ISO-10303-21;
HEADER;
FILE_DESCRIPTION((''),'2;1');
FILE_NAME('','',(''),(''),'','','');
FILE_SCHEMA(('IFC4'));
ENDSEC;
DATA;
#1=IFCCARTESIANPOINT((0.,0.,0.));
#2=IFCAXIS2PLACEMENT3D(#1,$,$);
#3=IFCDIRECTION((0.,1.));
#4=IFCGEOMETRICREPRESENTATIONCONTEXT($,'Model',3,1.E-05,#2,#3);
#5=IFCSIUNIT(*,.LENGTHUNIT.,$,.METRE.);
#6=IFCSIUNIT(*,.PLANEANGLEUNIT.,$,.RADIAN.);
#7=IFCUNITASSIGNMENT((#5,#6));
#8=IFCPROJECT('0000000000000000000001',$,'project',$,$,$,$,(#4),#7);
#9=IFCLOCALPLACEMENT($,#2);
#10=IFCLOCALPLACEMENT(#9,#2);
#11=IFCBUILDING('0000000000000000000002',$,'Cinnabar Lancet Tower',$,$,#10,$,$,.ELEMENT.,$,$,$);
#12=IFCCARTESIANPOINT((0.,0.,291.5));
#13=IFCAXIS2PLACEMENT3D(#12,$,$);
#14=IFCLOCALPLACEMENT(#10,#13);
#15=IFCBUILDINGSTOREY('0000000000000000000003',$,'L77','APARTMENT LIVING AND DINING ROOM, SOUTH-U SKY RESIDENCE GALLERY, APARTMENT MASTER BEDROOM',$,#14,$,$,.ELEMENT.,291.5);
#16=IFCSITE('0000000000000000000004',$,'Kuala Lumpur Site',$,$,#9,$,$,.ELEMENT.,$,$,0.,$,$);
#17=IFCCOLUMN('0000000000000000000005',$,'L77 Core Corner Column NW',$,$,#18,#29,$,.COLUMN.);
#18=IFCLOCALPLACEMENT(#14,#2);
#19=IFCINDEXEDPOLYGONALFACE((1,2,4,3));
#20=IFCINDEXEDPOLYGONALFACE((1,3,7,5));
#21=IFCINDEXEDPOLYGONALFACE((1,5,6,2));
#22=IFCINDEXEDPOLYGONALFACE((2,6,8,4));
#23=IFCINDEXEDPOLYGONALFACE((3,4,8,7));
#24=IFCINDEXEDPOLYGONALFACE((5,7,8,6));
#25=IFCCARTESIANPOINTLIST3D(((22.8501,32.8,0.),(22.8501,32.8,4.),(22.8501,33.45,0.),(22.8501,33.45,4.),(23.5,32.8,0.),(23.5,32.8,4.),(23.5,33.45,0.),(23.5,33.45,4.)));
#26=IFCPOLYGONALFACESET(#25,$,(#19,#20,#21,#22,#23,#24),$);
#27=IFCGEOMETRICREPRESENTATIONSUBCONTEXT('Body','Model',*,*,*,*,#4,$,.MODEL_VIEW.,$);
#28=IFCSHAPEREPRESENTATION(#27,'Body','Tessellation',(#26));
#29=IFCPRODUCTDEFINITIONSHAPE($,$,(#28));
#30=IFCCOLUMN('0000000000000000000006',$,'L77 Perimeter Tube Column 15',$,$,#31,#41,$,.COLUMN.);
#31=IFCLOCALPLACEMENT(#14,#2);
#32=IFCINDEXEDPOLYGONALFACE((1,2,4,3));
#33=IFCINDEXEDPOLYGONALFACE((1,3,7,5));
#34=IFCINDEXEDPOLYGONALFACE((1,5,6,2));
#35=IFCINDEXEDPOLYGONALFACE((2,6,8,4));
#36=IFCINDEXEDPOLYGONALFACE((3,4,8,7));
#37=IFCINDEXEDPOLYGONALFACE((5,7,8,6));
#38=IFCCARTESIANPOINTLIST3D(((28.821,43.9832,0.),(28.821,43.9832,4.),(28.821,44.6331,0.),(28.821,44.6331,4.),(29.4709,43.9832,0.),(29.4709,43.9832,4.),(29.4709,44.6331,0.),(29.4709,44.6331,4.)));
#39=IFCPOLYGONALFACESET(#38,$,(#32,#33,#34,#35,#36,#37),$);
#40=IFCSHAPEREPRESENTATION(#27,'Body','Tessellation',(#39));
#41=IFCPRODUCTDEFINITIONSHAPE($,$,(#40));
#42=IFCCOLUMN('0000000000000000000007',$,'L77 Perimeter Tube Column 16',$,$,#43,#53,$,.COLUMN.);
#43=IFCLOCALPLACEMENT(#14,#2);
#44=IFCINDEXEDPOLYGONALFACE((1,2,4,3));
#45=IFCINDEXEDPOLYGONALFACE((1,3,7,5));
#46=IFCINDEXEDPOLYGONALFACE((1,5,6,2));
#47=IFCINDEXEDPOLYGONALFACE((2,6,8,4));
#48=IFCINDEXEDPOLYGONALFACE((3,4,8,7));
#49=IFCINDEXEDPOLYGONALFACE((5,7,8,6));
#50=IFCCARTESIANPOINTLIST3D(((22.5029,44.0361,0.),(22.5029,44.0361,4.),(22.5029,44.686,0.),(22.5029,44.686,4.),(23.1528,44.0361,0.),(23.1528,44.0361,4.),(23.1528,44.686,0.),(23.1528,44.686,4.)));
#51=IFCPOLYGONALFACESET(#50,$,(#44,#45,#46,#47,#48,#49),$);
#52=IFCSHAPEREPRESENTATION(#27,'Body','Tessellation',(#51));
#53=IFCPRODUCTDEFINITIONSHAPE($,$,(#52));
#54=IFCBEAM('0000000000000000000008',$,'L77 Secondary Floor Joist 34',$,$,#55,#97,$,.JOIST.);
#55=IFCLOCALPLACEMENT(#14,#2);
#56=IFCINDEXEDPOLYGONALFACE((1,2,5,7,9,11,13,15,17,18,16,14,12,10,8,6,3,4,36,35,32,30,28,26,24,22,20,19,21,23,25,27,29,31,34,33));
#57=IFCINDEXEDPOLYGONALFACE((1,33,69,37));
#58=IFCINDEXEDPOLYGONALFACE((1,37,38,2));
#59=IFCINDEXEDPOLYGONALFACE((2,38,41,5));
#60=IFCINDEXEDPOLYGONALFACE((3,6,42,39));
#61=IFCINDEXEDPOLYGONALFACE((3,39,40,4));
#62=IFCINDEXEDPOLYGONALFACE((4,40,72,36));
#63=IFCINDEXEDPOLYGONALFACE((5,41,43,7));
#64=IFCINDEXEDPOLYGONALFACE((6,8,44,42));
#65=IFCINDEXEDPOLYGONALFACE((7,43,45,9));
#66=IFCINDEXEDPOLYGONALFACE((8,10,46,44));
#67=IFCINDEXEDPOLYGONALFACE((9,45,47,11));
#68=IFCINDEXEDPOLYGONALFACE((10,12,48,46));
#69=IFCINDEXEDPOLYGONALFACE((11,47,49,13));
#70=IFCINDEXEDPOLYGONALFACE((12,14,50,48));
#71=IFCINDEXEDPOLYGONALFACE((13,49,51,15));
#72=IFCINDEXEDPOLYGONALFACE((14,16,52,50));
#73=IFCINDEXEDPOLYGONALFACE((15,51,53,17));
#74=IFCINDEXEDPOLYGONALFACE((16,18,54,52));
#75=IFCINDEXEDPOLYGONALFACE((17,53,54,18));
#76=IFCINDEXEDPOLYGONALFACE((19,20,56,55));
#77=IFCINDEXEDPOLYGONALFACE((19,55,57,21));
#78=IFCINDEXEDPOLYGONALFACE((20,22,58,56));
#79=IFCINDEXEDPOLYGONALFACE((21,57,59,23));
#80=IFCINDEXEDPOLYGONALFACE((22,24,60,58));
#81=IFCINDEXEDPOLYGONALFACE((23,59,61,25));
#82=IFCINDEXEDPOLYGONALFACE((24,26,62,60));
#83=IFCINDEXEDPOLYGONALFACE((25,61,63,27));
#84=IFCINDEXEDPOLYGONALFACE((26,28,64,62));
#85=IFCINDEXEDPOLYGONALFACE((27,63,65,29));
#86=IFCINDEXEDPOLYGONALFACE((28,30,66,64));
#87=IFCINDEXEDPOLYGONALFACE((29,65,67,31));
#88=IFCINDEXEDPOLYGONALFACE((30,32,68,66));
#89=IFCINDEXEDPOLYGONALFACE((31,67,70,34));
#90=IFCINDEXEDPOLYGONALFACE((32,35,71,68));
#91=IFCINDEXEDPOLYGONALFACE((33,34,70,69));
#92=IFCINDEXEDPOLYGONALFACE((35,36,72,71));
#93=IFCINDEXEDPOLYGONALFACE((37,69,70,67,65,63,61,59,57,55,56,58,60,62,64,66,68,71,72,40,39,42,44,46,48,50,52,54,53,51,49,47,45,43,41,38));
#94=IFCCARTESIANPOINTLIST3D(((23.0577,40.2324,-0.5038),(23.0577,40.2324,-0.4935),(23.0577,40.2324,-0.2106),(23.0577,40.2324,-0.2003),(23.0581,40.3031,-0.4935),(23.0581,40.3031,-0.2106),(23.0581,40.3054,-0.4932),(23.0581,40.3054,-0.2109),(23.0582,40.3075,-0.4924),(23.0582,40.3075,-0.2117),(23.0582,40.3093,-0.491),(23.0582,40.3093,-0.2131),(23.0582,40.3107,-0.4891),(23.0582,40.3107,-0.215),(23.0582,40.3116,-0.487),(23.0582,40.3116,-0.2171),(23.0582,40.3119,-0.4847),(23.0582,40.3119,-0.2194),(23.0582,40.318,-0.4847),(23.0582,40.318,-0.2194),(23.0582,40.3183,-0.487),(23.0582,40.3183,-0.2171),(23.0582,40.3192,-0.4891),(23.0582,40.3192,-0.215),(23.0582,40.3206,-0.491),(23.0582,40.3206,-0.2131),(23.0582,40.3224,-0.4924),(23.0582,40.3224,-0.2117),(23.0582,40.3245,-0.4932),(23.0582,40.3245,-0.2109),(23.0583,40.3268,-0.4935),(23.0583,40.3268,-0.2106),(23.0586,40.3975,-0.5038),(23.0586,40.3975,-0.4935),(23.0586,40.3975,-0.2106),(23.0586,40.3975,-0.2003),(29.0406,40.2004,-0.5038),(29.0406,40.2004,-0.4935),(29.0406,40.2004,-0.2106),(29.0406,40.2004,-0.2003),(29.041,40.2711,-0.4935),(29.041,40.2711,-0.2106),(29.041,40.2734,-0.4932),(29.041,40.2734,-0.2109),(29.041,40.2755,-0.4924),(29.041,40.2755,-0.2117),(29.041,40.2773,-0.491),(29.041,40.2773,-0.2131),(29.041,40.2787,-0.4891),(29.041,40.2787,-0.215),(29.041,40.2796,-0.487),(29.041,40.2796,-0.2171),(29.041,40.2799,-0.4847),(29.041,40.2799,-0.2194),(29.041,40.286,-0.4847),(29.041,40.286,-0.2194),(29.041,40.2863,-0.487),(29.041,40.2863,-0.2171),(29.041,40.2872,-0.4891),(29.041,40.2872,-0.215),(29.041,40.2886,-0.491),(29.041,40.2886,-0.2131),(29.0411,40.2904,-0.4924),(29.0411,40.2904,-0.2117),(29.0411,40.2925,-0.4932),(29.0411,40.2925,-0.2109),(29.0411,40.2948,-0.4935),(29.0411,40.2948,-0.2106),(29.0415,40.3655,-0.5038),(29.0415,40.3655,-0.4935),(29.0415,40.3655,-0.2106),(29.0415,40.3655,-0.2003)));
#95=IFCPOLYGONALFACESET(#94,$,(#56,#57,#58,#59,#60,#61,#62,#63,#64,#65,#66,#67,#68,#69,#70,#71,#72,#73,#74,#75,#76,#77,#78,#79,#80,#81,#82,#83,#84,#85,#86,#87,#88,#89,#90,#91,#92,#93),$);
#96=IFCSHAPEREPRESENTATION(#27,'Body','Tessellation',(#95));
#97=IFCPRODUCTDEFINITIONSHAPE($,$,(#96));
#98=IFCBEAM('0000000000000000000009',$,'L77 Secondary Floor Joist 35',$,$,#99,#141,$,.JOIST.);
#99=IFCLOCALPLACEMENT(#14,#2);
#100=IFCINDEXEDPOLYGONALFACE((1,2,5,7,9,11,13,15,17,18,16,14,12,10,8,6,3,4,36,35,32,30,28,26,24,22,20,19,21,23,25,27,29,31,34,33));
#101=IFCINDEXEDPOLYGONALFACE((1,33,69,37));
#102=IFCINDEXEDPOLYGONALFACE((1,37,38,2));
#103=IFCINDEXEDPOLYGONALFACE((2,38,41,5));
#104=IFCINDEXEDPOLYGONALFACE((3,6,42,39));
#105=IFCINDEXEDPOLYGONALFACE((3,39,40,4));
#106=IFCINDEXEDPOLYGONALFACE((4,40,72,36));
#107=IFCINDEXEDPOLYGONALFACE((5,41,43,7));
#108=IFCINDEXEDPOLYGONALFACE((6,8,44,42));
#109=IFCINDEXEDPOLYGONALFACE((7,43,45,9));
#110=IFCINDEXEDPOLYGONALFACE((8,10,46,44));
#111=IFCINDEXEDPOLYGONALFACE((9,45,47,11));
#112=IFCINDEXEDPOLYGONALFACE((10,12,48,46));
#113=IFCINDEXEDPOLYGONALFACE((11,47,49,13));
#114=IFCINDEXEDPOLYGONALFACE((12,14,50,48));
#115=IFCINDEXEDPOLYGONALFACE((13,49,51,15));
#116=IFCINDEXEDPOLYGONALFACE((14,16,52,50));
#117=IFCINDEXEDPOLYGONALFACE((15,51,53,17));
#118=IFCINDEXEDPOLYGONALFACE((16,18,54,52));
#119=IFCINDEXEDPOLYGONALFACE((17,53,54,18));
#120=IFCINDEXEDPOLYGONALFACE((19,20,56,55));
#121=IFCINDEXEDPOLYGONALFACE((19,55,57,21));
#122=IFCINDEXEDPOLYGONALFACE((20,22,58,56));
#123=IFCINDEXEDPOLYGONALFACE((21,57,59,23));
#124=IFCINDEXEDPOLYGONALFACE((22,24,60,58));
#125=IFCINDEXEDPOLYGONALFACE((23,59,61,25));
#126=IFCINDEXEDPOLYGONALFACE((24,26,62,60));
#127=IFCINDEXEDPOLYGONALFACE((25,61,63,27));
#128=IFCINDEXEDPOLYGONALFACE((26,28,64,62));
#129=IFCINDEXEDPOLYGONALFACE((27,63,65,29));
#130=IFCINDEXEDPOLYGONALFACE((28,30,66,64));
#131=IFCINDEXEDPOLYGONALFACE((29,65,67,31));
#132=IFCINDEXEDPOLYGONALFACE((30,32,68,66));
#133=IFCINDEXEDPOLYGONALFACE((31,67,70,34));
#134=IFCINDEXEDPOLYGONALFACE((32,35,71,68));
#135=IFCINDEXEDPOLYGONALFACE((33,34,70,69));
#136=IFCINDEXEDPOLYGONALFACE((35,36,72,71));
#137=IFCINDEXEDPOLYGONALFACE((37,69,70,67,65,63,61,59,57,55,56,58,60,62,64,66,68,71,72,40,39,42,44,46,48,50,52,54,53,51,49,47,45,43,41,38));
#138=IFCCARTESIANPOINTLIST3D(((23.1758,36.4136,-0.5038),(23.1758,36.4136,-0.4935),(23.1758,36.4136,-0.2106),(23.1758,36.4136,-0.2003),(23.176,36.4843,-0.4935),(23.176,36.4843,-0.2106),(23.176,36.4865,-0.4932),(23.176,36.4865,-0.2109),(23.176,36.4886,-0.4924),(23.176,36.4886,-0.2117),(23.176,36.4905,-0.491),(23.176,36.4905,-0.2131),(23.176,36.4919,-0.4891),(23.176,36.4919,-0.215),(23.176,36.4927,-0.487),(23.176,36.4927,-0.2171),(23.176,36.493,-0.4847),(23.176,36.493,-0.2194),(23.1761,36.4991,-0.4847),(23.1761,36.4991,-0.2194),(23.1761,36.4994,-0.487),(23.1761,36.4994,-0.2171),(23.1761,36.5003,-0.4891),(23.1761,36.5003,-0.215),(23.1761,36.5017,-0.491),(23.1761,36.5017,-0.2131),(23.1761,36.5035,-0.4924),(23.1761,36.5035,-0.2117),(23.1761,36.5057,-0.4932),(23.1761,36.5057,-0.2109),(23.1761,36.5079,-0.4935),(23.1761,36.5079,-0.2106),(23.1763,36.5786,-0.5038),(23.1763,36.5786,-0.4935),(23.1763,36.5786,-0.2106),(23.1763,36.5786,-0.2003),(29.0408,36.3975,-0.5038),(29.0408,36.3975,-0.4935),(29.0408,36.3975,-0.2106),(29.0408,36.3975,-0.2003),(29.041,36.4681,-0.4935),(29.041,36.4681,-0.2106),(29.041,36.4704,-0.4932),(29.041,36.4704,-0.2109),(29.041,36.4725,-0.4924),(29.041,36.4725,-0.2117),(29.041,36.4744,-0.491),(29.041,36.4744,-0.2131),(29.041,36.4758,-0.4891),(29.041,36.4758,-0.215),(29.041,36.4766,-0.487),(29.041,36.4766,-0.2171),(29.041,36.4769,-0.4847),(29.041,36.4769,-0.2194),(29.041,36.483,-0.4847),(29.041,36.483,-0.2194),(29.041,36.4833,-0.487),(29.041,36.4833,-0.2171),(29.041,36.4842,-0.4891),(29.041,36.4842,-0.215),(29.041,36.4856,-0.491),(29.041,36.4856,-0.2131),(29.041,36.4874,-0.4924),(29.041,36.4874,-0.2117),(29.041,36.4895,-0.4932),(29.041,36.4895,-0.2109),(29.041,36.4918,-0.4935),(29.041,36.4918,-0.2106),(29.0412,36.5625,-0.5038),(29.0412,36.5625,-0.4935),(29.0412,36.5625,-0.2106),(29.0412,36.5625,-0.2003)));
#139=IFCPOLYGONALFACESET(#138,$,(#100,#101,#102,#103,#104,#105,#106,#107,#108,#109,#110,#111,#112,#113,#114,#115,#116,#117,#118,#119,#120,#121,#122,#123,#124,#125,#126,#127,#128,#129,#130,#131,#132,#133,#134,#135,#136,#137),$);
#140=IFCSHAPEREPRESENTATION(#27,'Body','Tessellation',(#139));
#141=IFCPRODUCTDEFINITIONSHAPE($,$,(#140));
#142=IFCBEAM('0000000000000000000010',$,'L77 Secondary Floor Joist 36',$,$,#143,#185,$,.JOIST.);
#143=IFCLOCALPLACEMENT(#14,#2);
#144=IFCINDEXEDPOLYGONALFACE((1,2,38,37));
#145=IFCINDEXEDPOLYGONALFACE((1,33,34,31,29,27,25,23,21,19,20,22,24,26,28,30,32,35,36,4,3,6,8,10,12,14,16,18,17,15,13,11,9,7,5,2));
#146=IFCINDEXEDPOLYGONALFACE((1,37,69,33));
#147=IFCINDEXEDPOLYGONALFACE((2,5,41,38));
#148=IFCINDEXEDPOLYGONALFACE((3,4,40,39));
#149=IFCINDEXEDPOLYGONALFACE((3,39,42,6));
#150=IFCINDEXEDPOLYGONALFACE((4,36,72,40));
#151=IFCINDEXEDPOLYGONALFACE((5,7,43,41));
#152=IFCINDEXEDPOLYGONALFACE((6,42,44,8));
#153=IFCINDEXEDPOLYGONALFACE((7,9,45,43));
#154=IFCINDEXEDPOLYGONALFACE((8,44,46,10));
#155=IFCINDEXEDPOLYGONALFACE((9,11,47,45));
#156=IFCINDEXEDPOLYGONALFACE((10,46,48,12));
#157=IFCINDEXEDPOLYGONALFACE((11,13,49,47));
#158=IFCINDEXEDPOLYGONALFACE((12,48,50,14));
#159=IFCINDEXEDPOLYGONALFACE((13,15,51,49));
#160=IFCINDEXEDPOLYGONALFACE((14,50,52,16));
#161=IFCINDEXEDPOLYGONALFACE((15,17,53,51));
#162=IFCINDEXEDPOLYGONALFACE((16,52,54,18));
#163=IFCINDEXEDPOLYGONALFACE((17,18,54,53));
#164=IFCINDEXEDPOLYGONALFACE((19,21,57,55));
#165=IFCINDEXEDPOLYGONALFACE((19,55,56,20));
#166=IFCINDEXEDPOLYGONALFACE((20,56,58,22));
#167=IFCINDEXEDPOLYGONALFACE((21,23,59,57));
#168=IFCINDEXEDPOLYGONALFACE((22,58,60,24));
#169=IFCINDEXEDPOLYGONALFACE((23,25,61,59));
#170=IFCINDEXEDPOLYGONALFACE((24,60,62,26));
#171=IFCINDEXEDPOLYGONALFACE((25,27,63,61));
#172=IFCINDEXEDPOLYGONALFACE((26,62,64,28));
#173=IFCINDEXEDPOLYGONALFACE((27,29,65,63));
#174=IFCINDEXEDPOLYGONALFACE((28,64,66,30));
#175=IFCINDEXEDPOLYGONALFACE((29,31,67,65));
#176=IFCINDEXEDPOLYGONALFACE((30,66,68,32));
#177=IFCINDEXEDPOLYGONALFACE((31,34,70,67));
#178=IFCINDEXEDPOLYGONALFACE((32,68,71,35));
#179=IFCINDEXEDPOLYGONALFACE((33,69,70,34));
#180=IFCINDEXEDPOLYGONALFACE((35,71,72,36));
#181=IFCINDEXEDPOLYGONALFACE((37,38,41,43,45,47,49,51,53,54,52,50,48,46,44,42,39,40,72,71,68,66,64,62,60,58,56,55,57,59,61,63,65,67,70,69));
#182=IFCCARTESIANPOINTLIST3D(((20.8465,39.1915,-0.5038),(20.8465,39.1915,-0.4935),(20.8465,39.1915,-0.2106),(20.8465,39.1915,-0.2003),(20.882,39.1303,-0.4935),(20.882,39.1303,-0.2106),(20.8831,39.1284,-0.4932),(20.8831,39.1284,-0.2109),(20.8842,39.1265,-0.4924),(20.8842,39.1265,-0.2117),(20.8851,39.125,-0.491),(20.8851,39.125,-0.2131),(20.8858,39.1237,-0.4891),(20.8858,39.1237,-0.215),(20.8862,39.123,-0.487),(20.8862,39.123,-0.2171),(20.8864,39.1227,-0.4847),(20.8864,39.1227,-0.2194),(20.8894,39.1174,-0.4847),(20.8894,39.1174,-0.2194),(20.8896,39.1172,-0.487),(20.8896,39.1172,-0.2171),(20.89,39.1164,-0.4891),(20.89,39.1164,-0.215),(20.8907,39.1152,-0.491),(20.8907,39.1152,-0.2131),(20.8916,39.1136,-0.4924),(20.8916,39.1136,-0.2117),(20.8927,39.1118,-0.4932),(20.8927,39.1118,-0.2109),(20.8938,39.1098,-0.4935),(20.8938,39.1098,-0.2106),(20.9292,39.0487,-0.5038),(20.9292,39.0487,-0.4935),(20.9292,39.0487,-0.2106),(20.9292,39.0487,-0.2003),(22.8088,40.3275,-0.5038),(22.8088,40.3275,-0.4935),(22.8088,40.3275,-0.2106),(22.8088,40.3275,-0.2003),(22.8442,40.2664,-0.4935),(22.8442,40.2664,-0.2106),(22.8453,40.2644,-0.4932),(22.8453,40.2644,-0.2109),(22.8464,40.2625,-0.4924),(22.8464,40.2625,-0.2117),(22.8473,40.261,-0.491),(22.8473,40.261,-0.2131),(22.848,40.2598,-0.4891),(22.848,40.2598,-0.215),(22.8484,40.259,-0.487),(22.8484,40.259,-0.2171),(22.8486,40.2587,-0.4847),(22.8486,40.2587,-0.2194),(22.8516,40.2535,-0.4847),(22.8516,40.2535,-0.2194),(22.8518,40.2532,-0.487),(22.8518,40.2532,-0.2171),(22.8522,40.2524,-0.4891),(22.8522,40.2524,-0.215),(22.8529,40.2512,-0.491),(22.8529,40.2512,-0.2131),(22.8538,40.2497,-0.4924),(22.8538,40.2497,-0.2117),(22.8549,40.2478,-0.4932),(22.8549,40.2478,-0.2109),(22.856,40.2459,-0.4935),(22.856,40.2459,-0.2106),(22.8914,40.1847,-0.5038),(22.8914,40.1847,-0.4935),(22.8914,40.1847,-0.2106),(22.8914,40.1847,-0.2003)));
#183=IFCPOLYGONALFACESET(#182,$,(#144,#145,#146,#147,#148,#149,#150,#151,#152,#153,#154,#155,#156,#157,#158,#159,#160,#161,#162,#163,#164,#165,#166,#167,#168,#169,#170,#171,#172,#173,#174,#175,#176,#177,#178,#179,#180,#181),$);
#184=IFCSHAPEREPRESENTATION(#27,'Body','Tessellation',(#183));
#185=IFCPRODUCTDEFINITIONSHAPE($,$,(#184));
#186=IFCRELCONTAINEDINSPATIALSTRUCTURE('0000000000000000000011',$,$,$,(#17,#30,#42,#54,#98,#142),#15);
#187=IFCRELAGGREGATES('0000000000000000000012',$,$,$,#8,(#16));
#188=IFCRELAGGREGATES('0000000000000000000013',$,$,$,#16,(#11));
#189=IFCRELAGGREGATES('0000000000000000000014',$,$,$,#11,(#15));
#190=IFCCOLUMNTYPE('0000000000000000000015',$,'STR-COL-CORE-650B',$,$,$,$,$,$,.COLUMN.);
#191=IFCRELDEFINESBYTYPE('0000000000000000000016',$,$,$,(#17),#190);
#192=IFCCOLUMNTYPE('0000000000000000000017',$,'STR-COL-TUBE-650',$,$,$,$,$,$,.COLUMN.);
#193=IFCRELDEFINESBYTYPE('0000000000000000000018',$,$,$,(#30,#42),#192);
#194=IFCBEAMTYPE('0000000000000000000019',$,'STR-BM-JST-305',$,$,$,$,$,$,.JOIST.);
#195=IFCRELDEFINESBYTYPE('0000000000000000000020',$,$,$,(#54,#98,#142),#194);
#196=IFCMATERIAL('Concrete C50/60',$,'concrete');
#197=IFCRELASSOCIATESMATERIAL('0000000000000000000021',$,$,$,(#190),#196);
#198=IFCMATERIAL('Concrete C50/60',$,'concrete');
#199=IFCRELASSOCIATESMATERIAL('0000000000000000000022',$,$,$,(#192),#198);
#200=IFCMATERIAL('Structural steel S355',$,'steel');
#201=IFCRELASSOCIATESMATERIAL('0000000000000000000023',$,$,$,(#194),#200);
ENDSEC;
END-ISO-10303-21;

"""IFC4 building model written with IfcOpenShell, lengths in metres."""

from ifc_helpers import new_model, si_unit, direction, frame, origin, origin_2d, place, context, subcontext, project, spatial, rectangle, i_section, extrude, material, material_profile, profile_set, type_object, element, save


model = new_model("IFC4")

# Units and contexts
model_context = context("Model", 3, precision=1e-05, world=origin(), true_north=direction((0.0, 1.0)))
body_context = subcontext(model_context, "Body", "Model", "MODEL_VIEW")
ifc_project = project(units=[si_unit("LENGTHUNIT", "METRE"), si_unit("PLANEANGLEUNIT", "RADIAN")], contexts=[model_context])

# Site, building, storey
site_placement = place(None, origin())
site = spatial("IfcSite", under=ifc_project, at=site_placement, Name="Kuala Lumpur Site", CompositionType="ELEMENT", RefElevation=0.0)
building_placement = place(site_placement, origin())
building = spatial("IfcBuilding", under=site, at=building_placement, Name="Cinnabar Lancet Tower", CompositionType="ELEMENT")
storey_placement = place(building_placement, frame((0.0, 0.0, 291.5)))
storey = spatial("IfcBuildingStorey", under=building, at=storey_placement, Name="L77", Description="APARTMENT LIVING AND DINING ROOM, SOUTH-U SKY RESIDENCE GALLERY, APARTMENT MASTER BEDROOM", CompositionType="ELEMENT", Elevation=291.5)

# Columns
ifc_material_1 = material(Name="Concrete C50/60", Category="concrete")
ifc_material_profile_1 = material_profile(ifc_material_1, rectangle(XDim=0.6499, YDim=0.6499, at=origin_2d()), Name="RC-COL 650x650")
ifc_profile_set_1 = profile_set([ifc_material_profile_1], Name="Concrete C50/60")
column_type_1 = type_object("IfcColumnType", Name="STR-COL-CORE-650B", PredefinedType="COLUMN", material=ifc_profile_set_1)
column_placement = place(storey_placement, frame((23.175, 33.125, 0.0), z_axis=(0.0, 0.0, 1.0), x_axis=(1.0, 0.0, 0.0)))
element("IfcColumn", 1, at=column_placement, inside=storey, type_object=column_type_1, Name="L77 Core Corner Column NW", PredefinedType="COLUMN", context=body_context, shape_type="SweptSolid", body=[
    extrude(rectangle(XDim=0.6499, YDim=0.6499, at=origin_2d()), origin(), (0.0, 0.0, 1.0), 4.0),
])
ifc_material_2 = material(Name="Concrete C50/60", Category="concrete")
ifc_material_profile_2 = material_profile(ifc_material_2, rectangle(XDim=0.6499, YDim=0.6499, at=origin_2d()), Name="RC-COL 650x650")
ifc_profile_set_2 = profile_set([ifc_material_profile_2], Name="Concrete C50/60")
column_type_2 = type_object("IfcColumnType", Name="STR-COL-TUBE-650", PredefinedType="COLUMN", material=ifc_profile_set_2)
for number, where, z_axis, x_axis, name in (
    (2, (29.146, 44.3081, 0.0), (0.0, 0.0, 1.0), (1.0, 0.0, 0.0), "L77 Perimeter Tube Column 15"),
    (3, (22.8279, 44.3611, 0.0), (0.0, 0.0, 1.0), (1.0, 0.0, 0.0), "L77 Perimeter Tube Column 16"),
):
    element("IfcColumn", number, at=place(storey_placement, frame(where, z_axis=z_axis, x_axis=x_axis)), inside=storey, type_object=column_type_2, Name=name, PredefinedType="COLUMN", context=body_context, shape_type="SweptSolid", body=[
        extrude(rectangle(XDim=0.6499, YDim=0.6499, at=origin_2d()), origin(), (0.0, 0.0, 1.0), 4.0),
    ])

# Beams
ifc_material_3 = material(Name="Structural steel S355", Category="steel")
ifc_material_profile_3 = material_profile(ifc_material_3, i_section(OverallWidth=0.165, OverallDepth=0.3035, WebThickness=0.0061, FlangeThickness=0.0103, FilletRadius=0.0088, at=origin_2d()), Name="UKB 305x165x40")
ifc_profile_set_3 = profile_set([ifc_material_profile_3], Name="Structural steel S355")
beam_type_1 = type_object("IfcBeamType", Name="STR-BM-JST-305", PredefinedType="JOIST", material=ifc_profile_set_3)
beam_1_placement = place(storey_placement, frame((29.041, 40.283, -0.3521), z_axis=(-0.999986, 0.005346, 0.0), x_axis=(-0.005346, -0.999986, 0.0)))
element("IfcBeam", 4, at=beam_1_placement, inside=storey, type_object=beam_type_1, Name="L77 Secondary Floor Joist 34", PredefinedType="JOIST", context=body_context, shape_type="SweptSolid", body=[
    extrude(i_section(OverallWidth=0.165, OverallDepth=0.3035, WebThickness=0.0061, FlangeThickness=0.0103, FilletRadius=0.0088, at=origin_2d()), origin(), (0.0, 0.0, 1.0), 5.9829),
])
beam_2_placement = place(storey_placement, frame((29.041, 36.48, -0.3521), z_axis=(-0.999996, 0.002747, 0.0), x_axis=(-0.002747, -0.999996, 0.0)))
element("IfcBeam", 5, at=beam_2_placement, inside=storey, type_object=beam_type_1, Name="L77 Secondary Floor Joist 35", PredefinedType="JOIST", context=body_context, shape_type="SweptSolid", body=[
    extrude(i_section(OverallWidth=0.165, OverallDepth=0.3035, WebThickness=0.0061, FlangeThickness=0.0103, FilletRadius=0.0088, at=origin_2d()), origin(), (0.0, 0.0, 1.0), 5.865),
])
beam_3_placement = place(storey_placement, frame((22.8501, 40.2561, -0.3521), z_axis=(-0.865426, -0.501036, 0.0), x_axis=(0.501036, -0.865426, 0.0)))
element("IfcBeam", 6, at=beam_3_placement, inside=storey, type_object=beam_type_1, Name="L77 Secondary Floor Joist 36", PredefinedType="JOIST", context=body_context, shape_type="SweptSolid", body=[
    extrude(i_section(OverallWidth=0.165, OverallDepth=0.3035, WebThickness=0.0061, FlangeThickness=0.0103, FilletRadius=0.0088, at=origin_2d()), origin(), (0.0, 0.0, 1.0), 2.2673),
])

save(model, "model.ifc")
